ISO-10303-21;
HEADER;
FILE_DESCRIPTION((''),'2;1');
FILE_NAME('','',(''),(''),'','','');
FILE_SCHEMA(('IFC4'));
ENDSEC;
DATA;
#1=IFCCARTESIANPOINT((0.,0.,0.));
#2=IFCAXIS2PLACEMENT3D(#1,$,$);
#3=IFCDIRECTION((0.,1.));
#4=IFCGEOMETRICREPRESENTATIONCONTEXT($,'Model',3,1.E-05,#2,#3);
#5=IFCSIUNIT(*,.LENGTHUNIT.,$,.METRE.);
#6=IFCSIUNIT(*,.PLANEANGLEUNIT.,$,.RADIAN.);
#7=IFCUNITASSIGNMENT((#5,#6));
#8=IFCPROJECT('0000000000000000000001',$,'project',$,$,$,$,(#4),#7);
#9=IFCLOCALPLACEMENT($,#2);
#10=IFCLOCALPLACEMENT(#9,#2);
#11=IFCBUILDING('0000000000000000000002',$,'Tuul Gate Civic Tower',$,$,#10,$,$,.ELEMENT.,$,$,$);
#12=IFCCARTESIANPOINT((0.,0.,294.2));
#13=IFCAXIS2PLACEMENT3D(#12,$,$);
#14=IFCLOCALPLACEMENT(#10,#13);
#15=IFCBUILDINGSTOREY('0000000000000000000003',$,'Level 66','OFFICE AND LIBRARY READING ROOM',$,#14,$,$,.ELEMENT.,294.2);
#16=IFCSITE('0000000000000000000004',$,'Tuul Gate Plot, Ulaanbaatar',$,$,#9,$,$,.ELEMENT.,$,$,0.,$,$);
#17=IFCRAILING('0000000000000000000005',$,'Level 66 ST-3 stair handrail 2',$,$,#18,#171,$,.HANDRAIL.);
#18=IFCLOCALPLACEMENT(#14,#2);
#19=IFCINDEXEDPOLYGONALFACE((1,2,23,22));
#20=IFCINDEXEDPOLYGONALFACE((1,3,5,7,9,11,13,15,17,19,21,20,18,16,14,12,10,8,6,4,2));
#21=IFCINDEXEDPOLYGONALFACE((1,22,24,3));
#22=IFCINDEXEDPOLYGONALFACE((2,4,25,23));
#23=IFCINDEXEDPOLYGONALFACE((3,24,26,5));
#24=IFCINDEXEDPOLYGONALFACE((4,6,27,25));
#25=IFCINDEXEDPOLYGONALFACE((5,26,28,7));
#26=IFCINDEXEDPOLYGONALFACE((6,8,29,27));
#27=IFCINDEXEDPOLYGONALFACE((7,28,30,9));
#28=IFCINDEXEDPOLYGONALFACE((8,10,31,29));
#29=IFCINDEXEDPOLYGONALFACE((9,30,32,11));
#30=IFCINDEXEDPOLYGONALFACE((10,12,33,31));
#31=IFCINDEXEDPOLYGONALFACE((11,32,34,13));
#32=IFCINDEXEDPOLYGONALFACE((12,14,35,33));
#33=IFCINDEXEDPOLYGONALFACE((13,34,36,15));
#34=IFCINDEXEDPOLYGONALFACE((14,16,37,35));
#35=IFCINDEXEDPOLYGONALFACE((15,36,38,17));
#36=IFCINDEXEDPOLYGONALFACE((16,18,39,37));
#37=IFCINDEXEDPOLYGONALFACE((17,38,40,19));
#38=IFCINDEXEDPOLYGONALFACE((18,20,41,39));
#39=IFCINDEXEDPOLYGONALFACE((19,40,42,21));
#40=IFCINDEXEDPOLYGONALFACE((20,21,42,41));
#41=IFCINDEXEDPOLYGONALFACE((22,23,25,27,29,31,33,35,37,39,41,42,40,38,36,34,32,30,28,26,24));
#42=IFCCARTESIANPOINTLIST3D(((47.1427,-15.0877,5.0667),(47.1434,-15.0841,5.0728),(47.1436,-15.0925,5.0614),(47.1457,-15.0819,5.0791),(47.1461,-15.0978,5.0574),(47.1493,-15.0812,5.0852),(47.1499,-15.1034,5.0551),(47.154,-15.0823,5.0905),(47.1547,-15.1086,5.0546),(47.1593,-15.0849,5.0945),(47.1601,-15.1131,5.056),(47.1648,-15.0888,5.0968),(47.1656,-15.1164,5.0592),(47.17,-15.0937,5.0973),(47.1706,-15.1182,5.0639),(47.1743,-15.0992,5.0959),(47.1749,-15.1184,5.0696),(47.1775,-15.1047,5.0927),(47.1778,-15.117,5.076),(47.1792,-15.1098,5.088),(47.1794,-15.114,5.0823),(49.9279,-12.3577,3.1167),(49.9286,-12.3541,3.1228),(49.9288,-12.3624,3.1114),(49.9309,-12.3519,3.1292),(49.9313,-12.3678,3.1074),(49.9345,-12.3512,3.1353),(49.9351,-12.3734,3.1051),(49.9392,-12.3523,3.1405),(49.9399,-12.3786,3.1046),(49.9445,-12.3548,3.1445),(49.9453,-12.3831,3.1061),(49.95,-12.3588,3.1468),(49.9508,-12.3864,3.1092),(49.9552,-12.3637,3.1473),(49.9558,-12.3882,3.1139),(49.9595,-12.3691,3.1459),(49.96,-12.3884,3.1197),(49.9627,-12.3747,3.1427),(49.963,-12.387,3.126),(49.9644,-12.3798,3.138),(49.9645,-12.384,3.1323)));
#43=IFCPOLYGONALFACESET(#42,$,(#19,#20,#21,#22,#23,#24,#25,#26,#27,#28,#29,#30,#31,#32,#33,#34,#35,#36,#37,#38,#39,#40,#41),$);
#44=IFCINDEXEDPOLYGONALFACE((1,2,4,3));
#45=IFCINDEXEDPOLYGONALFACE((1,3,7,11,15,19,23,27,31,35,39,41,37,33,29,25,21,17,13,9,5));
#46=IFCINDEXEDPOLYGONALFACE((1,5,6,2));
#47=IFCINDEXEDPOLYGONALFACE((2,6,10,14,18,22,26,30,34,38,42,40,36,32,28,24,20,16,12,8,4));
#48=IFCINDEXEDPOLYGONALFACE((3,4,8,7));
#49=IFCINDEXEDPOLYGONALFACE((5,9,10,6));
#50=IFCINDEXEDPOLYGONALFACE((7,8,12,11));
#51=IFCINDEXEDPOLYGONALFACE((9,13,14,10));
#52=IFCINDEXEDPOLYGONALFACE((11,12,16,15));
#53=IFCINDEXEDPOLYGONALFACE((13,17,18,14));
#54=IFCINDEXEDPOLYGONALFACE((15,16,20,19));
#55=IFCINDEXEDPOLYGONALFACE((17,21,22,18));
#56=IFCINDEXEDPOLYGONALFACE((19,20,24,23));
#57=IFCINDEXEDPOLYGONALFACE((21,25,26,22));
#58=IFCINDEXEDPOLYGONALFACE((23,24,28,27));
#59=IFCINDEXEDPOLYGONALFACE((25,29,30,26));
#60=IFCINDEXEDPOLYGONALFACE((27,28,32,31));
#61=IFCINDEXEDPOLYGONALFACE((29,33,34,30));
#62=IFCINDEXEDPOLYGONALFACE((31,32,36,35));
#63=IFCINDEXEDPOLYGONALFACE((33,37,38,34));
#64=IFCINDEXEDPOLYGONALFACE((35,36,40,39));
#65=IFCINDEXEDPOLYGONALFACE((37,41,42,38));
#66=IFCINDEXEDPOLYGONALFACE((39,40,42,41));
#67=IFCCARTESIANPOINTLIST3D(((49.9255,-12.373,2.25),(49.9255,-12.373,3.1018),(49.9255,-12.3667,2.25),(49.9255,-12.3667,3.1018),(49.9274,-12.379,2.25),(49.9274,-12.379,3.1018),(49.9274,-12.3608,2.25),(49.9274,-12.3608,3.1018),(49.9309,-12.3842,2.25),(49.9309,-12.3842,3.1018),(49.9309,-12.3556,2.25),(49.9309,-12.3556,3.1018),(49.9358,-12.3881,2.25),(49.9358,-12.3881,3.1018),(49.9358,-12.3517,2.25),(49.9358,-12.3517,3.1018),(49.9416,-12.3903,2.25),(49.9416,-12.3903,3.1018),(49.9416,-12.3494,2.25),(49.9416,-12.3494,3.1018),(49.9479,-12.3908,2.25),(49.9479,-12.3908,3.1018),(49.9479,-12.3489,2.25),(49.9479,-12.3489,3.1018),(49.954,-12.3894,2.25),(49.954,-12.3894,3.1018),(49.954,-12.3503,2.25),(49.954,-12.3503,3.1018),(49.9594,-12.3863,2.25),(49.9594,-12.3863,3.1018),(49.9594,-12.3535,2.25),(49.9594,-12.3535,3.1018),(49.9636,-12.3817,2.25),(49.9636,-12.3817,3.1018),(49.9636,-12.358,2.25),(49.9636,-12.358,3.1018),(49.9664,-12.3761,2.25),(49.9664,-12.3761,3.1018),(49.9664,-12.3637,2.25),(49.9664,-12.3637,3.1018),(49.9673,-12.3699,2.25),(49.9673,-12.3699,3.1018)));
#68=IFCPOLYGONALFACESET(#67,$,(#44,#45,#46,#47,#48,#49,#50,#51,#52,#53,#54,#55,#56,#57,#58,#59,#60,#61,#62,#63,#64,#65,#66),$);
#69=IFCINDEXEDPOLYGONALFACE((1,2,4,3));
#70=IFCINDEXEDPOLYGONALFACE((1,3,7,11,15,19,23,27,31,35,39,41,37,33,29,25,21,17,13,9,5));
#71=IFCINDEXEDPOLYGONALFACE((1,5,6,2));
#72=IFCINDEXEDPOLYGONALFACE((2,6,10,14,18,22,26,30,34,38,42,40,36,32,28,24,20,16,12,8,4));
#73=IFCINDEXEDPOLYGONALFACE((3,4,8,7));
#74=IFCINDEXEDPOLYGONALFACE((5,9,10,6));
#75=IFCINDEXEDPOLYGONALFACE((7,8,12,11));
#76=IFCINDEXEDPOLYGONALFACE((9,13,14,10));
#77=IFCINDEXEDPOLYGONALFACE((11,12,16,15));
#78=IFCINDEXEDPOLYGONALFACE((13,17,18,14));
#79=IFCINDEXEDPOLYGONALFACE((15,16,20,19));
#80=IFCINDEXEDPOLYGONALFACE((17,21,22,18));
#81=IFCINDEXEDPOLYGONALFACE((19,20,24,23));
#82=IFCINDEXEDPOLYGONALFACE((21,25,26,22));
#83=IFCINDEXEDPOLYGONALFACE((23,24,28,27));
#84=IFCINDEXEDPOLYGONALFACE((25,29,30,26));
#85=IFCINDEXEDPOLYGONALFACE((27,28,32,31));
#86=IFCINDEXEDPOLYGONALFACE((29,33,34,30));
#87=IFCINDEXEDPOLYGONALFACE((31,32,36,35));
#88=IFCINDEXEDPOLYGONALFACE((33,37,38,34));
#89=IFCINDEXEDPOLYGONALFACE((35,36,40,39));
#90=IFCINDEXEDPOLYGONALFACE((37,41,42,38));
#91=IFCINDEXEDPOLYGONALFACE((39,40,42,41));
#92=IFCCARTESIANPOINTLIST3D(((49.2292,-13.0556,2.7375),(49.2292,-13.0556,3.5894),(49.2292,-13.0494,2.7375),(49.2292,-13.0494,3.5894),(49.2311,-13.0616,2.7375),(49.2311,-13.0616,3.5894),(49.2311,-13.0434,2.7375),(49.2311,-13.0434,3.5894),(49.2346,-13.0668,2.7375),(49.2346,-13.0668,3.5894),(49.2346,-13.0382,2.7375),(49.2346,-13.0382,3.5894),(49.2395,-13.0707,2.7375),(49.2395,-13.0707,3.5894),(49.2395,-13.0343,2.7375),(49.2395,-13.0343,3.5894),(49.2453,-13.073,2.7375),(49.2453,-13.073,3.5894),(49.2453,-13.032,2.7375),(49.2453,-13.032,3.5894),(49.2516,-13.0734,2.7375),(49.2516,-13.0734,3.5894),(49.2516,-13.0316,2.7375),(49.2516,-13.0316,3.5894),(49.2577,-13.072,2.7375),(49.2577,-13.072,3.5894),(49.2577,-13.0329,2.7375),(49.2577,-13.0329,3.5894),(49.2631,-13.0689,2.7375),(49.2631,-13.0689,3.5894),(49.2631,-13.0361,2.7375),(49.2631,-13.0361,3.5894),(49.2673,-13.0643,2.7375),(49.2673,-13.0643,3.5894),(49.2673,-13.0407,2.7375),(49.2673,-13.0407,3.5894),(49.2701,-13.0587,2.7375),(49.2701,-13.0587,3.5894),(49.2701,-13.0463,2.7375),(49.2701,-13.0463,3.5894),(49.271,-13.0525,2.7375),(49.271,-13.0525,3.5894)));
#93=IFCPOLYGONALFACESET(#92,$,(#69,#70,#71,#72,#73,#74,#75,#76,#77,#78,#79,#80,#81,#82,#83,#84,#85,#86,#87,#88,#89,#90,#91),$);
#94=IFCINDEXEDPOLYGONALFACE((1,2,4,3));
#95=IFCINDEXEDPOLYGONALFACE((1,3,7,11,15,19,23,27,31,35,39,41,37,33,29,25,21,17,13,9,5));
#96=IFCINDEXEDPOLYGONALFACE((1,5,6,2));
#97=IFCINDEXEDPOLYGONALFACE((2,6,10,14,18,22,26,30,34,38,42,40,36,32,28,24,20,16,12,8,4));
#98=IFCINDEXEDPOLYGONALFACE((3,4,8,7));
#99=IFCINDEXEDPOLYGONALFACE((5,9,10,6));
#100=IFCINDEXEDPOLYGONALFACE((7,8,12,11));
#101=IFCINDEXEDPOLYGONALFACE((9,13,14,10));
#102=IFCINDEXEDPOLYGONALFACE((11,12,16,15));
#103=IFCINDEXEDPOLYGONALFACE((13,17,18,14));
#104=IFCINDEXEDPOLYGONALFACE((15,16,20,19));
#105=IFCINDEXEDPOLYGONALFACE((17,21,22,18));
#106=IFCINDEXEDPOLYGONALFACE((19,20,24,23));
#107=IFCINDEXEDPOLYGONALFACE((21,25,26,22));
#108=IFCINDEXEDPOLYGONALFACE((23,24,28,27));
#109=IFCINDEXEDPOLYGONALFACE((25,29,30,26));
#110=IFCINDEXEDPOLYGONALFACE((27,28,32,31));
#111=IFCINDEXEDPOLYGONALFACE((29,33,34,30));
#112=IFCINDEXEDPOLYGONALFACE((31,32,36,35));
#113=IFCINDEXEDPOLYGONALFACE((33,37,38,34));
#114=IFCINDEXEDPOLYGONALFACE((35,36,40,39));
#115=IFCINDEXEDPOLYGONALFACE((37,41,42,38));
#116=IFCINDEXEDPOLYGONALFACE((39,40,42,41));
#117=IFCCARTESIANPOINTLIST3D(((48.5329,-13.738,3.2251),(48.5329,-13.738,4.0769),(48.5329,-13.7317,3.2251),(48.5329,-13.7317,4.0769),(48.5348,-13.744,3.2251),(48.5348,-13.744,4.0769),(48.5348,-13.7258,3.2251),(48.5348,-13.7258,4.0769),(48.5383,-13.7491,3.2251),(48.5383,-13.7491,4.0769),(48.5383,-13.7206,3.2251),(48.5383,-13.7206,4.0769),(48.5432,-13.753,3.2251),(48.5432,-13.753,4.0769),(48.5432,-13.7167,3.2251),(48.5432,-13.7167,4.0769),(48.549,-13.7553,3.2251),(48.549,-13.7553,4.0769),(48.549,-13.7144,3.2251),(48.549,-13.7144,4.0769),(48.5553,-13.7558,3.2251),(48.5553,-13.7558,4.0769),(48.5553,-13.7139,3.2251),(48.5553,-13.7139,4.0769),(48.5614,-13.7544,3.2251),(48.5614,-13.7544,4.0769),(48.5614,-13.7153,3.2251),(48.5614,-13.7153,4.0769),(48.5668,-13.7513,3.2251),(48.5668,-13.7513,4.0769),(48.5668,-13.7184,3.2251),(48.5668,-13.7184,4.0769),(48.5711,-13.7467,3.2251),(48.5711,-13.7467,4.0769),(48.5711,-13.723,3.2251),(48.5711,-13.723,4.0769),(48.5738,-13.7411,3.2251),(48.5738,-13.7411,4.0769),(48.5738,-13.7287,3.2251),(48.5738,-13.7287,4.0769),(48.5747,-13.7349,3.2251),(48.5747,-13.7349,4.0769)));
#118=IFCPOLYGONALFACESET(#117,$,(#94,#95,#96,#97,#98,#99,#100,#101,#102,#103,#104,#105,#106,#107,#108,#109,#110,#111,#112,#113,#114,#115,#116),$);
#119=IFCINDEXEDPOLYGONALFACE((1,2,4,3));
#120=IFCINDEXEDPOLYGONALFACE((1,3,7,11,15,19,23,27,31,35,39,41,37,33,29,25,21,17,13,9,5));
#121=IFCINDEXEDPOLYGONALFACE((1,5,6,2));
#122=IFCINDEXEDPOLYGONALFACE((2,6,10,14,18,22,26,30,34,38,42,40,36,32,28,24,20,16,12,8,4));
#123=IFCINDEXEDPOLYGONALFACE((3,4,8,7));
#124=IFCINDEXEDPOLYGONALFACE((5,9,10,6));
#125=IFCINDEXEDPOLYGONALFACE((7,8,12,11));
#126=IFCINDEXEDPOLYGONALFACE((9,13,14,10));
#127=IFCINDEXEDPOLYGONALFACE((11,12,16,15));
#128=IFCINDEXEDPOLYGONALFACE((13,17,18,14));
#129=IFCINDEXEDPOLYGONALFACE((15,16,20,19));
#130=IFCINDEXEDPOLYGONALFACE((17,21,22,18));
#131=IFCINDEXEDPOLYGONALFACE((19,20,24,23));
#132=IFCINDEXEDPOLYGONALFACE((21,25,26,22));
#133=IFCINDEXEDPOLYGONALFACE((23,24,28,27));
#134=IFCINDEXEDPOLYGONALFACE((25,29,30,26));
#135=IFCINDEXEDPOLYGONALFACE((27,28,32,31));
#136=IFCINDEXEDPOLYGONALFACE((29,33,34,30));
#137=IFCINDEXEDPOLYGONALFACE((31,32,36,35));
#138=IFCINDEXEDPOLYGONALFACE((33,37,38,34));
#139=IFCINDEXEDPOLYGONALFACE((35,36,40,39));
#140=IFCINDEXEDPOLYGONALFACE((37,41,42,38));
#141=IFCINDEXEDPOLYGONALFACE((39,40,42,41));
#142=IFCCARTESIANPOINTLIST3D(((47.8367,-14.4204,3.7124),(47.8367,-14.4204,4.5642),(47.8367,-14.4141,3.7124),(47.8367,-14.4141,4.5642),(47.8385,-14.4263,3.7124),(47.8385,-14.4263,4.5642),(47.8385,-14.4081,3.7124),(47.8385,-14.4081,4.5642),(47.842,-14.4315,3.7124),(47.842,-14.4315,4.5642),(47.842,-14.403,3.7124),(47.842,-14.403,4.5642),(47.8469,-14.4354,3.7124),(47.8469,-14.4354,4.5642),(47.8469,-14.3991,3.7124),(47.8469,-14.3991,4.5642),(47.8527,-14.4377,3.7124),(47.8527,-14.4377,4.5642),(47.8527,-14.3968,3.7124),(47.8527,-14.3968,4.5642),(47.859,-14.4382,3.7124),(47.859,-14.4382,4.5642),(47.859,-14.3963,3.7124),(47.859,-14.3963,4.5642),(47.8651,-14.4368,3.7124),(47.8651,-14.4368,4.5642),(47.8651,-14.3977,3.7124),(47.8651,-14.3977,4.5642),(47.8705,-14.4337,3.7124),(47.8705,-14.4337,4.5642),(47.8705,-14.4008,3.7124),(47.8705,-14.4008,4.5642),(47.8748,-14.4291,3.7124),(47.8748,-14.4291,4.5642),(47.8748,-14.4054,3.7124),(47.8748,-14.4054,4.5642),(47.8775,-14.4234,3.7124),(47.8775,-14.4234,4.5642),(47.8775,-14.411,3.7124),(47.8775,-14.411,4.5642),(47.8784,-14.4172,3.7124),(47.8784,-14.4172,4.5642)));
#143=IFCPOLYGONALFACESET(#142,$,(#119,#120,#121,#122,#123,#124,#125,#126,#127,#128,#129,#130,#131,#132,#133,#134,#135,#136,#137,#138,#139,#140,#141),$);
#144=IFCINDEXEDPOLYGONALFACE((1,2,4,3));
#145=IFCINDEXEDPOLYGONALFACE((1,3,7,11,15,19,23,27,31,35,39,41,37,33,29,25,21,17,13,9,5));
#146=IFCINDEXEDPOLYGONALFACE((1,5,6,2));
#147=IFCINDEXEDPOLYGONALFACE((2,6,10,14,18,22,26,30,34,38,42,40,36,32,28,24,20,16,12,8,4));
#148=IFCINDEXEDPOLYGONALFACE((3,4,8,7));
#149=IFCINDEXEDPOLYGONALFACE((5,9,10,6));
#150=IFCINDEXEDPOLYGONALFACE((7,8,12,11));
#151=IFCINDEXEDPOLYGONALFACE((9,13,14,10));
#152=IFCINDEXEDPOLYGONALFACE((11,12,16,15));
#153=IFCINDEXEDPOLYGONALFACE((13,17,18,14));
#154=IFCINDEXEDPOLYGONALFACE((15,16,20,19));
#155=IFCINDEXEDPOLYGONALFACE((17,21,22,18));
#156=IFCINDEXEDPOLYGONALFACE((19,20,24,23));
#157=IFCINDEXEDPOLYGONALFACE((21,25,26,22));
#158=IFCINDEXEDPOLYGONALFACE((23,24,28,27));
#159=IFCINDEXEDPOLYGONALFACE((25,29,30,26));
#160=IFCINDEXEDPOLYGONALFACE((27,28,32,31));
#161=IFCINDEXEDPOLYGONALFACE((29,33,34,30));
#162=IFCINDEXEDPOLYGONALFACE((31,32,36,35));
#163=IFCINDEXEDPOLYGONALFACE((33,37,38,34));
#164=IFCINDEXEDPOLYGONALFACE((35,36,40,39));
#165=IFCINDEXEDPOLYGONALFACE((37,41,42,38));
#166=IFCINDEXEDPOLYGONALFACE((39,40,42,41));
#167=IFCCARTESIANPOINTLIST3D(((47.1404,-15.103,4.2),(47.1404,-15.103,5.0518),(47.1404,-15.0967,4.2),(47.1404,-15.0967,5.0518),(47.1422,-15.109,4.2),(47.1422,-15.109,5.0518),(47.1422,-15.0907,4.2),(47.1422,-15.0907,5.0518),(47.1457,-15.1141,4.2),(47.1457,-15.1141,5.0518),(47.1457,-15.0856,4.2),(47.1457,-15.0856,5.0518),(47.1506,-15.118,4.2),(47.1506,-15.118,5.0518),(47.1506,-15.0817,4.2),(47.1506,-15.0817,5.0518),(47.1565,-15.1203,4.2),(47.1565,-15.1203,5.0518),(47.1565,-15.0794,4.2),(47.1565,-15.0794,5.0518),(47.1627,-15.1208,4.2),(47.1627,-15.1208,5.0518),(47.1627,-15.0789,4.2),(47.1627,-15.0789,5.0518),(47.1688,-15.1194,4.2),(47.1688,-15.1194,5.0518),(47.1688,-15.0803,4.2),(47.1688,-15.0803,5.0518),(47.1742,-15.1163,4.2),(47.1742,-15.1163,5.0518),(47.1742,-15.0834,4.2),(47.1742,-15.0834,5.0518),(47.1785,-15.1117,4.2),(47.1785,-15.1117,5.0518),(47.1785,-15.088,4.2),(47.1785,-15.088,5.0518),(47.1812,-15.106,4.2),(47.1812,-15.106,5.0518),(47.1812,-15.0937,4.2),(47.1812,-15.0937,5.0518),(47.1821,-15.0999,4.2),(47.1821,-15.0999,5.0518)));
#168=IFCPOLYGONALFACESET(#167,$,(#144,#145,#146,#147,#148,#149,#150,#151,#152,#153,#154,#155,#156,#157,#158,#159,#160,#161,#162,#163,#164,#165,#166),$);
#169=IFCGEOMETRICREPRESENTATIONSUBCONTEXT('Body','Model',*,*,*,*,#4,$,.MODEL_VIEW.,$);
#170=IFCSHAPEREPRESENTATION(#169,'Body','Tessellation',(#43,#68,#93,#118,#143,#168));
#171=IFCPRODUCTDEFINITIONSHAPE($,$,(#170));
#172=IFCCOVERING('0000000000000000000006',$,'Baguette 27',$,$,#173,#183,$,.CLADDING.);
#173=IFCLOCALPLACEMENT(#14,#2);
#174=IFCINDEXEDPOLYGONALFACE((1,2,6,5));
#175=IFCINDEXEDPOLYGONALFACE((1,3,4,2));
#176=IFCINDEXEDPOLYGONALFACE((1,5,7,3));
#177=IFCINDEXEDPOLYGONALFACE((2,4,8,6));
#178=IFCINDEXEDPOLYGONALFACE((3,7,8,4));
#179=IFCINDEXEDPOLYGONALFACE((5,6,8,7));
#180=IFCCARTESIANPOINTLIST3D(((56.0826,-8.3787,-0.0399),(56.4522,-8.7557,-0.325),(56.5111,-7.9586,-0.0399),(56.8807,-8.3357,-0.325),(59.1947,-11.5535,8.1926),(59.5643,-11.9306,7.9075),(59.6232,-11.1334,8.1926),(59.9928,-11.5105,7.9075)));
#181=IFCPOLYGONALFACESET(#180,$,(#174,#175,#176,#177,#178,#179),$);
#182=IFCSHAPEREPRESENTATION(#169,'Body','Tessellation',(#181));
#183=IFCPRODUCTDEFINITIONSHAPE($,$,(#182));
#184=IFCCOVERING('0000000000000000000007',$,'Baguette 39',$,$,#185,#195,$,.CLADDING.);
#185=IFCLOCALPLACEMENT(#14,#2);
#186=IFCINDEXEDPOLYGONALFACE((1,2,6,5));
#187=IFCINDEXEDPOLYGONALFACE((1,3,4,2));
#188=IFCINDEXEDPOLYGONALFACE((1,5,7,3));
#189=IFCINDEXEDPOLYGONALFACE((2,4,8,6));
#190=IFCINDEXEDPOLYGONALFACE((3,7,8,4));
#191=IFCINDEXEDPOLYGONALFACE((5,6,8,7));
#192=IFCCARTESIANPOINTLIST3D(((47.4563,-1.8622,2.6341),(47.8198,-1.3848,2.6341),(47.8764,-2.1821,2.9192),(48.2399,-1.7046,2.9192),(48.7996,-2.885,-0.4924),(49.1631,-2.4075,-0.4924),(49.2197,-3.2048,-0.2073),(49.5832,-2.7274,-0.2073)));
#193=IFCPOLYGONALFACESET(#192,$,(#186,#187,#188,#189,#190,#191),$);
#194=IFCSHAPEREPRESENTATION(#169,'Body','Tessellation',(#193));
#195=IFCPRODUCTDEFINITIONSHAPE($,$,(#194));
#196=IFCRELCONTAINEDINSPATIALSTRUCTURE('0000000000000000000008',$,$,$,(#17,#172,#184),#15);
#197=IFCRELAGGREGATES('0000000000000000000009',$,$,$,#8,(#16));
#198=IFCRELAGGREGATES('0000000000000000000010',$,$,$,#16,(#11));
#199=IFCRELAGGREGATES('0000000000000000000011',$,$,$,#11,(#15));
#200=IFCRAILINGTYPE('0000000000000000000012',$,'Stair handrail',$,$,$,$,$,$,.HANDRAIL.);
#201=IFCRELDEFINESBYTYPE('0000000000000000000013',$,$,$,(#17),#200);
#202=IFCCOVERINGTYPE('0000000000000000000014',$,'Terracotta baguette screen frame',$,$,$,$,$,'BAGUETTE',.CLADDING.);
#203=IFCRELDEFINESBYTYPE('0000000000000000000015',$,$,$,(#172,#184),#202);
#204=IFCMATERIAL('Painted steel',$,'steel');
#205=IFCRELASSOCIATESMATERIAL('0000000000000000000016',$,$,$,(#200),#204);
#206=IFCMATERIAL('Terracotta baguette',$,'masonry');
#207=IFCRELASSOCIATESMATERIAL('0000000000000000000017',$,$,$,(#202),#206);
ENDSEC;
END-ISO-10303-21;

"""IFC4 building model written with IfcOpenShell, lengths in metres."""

from ifc_helpers import new_model, si_unit, direction, frame, origin, origin_2d, place, context, subcontext, project, spatial, rectangle, circle, extrude, material, material_profile, profile_set, type_object, element, save


model = new_model("IFC4")

# Units and contexts
model_context = context("Model", 3, precision=1e-05, world=origin(), true_north=direction((0.0, 1.0)))
body_context = subcontext(model_context, "Body", "Model", "MODEL_VIEW")
ifc_project = project(units=[si_unit("LENGTHUNIT", "METRE"), si_unit("PLANEANGLEUNIT", "RADIAN")], contexts=[model_context])

# Site, building, storey
site_placement = place(None, origin())
site = spatial("IfcSite", under=ifc_project, at=site_placement, Name="Tuul Gate Plot, Ulaanbaatar", CompositionType="ELEMENT", RefElevation=0.0)
building_placement = place(site_placement, origin())
building = spatial("IfcBuilding", under=site, at=building_placement, Name="Tuul Gate Civic Tower", CompositionType="ELEMENT")
storey_placement = place(building_placement, frame((0.0, 0.0, 294.2)))
storey = spatial("IfcBuildingStorey", under=building, at=storey_placement, Name="Level 66", Description="OFFICE AND LIBRARY READING ROOM", CompositionType="ELEMENT", Elevation=294.2)

# Railing
ifc_material_1 = material(Name="Painted steel", Category="steel")
railing_type_1 = type_object("IfcRailingType", Name="Stair handrail", PredefinedType="HANDRAIL", material=ifc_material_1)
railing_1_placement = place(storey_placement, frame((49.9463, -12.3699, 2.25)))
element("IfcRailing", 1, at=railing_1_placement, inside=storey, type_object=railing_type_1, Name="Level 66 ST-3 stair handrail 2", PredefinedType="HANDRAIL", context=body_context, shape_type="SweptSolid", body=[
    extrude(circle(Radius=0.0239, at=origin_2d()), frame((0.0, 0.0, 0.876), z_axis=(-0.638754, -0.6261, 0.447206), x_axis=(0.699998, -0.714145, 0.0)), (0.0, 0.0, 1.0), 4.3604),
    extrude(circle(Radius=0.021, at=origin_2d()), origin(), (0.0, 0.0, 1.0), 0.8518),
    extrude(circle(Radius=0.021, at=origin_2d()), frame((-0.6963, -0.6826, 0.4875)), (0.0, 0.0, 1.0), 0.8518),
    extrude(circle(Radius=0.021, at=origin_2d()), frame((-1.3926, -1.365, 0.9751)), (0.0, 0.0, 1.0), 0.8518),
    extrude(circle(Radius=0.021, at=origin_2d()), frame((-2.0889, -2.0474, 1.4624)), (0.0, 0.0, 1.0), 0.8518),
    extrude(circle(Radius=0.021, at=origin_2d()), frame((-2.7852, -2.73, 1.95)), (0.0, 0.0, 1.0), 0.8518),
])

# Coverings
ifc_material_2 = material(Name="Terracotta baguette", Category="masonry")
ifc_material_profile_1 = material_profile(ifc_material_2, rectangle(XDim=0.6001, YDim=0.6001, at=origin_2d()), Name="Terracotta baguette screen frame")
ifc_profile_set_1 = profile_set([ifc_material_profile_1], Name="Terracotta baguette")
covering_type = type_object("IfcCoveringType", Name="Terracotta baguette screen frame", ElementType="BAGUETTE", PredefinedType="CLADDING", material=ifc_profile_set_1)
covering_1_placement = place(storey_placement, frame((59.5938, -11.532, 8.05), z_axis=(-0.332623, 0.339329, -0.879897), x_axis=(-0.714128, -0.700015, 0.0)))
element("IfcCovering", 2, at=covering_1_placement, inside=storey, type_object=covering_type, Name="Baguette 27", PredefinedType="CLADDING", context=body_context, shape_type="SweptSolid", body=[
    extrude(rectangle(XDim=0.6001, YDim=0.6001, at=origin_2d()), origin(), (0.0, 0.0, 1.0), 9.3562),
])
covering_2_placement = place(storey_placement, frame((49.1914, -2.8062, -0.3499), z_axis=(-0.378045, 0.287828, 0.879907), x_axis=(-0.605769, -0.795641, 0.0)))
element("IfcCovering", 3, at=covering_2_placement, inside=storey, type_object=covering_type, Name="Baguette 39", PredefinedType="CLADDING", context=body_context, shape_type="SweptSolid", body=[
    extrude(rectangle(XDim=0.6001, YDim=0.6001, at=origin_2d()), origin(), (0.0, 0.0, 1.0), 3.5532),
])

save(model, "model.ifc")
